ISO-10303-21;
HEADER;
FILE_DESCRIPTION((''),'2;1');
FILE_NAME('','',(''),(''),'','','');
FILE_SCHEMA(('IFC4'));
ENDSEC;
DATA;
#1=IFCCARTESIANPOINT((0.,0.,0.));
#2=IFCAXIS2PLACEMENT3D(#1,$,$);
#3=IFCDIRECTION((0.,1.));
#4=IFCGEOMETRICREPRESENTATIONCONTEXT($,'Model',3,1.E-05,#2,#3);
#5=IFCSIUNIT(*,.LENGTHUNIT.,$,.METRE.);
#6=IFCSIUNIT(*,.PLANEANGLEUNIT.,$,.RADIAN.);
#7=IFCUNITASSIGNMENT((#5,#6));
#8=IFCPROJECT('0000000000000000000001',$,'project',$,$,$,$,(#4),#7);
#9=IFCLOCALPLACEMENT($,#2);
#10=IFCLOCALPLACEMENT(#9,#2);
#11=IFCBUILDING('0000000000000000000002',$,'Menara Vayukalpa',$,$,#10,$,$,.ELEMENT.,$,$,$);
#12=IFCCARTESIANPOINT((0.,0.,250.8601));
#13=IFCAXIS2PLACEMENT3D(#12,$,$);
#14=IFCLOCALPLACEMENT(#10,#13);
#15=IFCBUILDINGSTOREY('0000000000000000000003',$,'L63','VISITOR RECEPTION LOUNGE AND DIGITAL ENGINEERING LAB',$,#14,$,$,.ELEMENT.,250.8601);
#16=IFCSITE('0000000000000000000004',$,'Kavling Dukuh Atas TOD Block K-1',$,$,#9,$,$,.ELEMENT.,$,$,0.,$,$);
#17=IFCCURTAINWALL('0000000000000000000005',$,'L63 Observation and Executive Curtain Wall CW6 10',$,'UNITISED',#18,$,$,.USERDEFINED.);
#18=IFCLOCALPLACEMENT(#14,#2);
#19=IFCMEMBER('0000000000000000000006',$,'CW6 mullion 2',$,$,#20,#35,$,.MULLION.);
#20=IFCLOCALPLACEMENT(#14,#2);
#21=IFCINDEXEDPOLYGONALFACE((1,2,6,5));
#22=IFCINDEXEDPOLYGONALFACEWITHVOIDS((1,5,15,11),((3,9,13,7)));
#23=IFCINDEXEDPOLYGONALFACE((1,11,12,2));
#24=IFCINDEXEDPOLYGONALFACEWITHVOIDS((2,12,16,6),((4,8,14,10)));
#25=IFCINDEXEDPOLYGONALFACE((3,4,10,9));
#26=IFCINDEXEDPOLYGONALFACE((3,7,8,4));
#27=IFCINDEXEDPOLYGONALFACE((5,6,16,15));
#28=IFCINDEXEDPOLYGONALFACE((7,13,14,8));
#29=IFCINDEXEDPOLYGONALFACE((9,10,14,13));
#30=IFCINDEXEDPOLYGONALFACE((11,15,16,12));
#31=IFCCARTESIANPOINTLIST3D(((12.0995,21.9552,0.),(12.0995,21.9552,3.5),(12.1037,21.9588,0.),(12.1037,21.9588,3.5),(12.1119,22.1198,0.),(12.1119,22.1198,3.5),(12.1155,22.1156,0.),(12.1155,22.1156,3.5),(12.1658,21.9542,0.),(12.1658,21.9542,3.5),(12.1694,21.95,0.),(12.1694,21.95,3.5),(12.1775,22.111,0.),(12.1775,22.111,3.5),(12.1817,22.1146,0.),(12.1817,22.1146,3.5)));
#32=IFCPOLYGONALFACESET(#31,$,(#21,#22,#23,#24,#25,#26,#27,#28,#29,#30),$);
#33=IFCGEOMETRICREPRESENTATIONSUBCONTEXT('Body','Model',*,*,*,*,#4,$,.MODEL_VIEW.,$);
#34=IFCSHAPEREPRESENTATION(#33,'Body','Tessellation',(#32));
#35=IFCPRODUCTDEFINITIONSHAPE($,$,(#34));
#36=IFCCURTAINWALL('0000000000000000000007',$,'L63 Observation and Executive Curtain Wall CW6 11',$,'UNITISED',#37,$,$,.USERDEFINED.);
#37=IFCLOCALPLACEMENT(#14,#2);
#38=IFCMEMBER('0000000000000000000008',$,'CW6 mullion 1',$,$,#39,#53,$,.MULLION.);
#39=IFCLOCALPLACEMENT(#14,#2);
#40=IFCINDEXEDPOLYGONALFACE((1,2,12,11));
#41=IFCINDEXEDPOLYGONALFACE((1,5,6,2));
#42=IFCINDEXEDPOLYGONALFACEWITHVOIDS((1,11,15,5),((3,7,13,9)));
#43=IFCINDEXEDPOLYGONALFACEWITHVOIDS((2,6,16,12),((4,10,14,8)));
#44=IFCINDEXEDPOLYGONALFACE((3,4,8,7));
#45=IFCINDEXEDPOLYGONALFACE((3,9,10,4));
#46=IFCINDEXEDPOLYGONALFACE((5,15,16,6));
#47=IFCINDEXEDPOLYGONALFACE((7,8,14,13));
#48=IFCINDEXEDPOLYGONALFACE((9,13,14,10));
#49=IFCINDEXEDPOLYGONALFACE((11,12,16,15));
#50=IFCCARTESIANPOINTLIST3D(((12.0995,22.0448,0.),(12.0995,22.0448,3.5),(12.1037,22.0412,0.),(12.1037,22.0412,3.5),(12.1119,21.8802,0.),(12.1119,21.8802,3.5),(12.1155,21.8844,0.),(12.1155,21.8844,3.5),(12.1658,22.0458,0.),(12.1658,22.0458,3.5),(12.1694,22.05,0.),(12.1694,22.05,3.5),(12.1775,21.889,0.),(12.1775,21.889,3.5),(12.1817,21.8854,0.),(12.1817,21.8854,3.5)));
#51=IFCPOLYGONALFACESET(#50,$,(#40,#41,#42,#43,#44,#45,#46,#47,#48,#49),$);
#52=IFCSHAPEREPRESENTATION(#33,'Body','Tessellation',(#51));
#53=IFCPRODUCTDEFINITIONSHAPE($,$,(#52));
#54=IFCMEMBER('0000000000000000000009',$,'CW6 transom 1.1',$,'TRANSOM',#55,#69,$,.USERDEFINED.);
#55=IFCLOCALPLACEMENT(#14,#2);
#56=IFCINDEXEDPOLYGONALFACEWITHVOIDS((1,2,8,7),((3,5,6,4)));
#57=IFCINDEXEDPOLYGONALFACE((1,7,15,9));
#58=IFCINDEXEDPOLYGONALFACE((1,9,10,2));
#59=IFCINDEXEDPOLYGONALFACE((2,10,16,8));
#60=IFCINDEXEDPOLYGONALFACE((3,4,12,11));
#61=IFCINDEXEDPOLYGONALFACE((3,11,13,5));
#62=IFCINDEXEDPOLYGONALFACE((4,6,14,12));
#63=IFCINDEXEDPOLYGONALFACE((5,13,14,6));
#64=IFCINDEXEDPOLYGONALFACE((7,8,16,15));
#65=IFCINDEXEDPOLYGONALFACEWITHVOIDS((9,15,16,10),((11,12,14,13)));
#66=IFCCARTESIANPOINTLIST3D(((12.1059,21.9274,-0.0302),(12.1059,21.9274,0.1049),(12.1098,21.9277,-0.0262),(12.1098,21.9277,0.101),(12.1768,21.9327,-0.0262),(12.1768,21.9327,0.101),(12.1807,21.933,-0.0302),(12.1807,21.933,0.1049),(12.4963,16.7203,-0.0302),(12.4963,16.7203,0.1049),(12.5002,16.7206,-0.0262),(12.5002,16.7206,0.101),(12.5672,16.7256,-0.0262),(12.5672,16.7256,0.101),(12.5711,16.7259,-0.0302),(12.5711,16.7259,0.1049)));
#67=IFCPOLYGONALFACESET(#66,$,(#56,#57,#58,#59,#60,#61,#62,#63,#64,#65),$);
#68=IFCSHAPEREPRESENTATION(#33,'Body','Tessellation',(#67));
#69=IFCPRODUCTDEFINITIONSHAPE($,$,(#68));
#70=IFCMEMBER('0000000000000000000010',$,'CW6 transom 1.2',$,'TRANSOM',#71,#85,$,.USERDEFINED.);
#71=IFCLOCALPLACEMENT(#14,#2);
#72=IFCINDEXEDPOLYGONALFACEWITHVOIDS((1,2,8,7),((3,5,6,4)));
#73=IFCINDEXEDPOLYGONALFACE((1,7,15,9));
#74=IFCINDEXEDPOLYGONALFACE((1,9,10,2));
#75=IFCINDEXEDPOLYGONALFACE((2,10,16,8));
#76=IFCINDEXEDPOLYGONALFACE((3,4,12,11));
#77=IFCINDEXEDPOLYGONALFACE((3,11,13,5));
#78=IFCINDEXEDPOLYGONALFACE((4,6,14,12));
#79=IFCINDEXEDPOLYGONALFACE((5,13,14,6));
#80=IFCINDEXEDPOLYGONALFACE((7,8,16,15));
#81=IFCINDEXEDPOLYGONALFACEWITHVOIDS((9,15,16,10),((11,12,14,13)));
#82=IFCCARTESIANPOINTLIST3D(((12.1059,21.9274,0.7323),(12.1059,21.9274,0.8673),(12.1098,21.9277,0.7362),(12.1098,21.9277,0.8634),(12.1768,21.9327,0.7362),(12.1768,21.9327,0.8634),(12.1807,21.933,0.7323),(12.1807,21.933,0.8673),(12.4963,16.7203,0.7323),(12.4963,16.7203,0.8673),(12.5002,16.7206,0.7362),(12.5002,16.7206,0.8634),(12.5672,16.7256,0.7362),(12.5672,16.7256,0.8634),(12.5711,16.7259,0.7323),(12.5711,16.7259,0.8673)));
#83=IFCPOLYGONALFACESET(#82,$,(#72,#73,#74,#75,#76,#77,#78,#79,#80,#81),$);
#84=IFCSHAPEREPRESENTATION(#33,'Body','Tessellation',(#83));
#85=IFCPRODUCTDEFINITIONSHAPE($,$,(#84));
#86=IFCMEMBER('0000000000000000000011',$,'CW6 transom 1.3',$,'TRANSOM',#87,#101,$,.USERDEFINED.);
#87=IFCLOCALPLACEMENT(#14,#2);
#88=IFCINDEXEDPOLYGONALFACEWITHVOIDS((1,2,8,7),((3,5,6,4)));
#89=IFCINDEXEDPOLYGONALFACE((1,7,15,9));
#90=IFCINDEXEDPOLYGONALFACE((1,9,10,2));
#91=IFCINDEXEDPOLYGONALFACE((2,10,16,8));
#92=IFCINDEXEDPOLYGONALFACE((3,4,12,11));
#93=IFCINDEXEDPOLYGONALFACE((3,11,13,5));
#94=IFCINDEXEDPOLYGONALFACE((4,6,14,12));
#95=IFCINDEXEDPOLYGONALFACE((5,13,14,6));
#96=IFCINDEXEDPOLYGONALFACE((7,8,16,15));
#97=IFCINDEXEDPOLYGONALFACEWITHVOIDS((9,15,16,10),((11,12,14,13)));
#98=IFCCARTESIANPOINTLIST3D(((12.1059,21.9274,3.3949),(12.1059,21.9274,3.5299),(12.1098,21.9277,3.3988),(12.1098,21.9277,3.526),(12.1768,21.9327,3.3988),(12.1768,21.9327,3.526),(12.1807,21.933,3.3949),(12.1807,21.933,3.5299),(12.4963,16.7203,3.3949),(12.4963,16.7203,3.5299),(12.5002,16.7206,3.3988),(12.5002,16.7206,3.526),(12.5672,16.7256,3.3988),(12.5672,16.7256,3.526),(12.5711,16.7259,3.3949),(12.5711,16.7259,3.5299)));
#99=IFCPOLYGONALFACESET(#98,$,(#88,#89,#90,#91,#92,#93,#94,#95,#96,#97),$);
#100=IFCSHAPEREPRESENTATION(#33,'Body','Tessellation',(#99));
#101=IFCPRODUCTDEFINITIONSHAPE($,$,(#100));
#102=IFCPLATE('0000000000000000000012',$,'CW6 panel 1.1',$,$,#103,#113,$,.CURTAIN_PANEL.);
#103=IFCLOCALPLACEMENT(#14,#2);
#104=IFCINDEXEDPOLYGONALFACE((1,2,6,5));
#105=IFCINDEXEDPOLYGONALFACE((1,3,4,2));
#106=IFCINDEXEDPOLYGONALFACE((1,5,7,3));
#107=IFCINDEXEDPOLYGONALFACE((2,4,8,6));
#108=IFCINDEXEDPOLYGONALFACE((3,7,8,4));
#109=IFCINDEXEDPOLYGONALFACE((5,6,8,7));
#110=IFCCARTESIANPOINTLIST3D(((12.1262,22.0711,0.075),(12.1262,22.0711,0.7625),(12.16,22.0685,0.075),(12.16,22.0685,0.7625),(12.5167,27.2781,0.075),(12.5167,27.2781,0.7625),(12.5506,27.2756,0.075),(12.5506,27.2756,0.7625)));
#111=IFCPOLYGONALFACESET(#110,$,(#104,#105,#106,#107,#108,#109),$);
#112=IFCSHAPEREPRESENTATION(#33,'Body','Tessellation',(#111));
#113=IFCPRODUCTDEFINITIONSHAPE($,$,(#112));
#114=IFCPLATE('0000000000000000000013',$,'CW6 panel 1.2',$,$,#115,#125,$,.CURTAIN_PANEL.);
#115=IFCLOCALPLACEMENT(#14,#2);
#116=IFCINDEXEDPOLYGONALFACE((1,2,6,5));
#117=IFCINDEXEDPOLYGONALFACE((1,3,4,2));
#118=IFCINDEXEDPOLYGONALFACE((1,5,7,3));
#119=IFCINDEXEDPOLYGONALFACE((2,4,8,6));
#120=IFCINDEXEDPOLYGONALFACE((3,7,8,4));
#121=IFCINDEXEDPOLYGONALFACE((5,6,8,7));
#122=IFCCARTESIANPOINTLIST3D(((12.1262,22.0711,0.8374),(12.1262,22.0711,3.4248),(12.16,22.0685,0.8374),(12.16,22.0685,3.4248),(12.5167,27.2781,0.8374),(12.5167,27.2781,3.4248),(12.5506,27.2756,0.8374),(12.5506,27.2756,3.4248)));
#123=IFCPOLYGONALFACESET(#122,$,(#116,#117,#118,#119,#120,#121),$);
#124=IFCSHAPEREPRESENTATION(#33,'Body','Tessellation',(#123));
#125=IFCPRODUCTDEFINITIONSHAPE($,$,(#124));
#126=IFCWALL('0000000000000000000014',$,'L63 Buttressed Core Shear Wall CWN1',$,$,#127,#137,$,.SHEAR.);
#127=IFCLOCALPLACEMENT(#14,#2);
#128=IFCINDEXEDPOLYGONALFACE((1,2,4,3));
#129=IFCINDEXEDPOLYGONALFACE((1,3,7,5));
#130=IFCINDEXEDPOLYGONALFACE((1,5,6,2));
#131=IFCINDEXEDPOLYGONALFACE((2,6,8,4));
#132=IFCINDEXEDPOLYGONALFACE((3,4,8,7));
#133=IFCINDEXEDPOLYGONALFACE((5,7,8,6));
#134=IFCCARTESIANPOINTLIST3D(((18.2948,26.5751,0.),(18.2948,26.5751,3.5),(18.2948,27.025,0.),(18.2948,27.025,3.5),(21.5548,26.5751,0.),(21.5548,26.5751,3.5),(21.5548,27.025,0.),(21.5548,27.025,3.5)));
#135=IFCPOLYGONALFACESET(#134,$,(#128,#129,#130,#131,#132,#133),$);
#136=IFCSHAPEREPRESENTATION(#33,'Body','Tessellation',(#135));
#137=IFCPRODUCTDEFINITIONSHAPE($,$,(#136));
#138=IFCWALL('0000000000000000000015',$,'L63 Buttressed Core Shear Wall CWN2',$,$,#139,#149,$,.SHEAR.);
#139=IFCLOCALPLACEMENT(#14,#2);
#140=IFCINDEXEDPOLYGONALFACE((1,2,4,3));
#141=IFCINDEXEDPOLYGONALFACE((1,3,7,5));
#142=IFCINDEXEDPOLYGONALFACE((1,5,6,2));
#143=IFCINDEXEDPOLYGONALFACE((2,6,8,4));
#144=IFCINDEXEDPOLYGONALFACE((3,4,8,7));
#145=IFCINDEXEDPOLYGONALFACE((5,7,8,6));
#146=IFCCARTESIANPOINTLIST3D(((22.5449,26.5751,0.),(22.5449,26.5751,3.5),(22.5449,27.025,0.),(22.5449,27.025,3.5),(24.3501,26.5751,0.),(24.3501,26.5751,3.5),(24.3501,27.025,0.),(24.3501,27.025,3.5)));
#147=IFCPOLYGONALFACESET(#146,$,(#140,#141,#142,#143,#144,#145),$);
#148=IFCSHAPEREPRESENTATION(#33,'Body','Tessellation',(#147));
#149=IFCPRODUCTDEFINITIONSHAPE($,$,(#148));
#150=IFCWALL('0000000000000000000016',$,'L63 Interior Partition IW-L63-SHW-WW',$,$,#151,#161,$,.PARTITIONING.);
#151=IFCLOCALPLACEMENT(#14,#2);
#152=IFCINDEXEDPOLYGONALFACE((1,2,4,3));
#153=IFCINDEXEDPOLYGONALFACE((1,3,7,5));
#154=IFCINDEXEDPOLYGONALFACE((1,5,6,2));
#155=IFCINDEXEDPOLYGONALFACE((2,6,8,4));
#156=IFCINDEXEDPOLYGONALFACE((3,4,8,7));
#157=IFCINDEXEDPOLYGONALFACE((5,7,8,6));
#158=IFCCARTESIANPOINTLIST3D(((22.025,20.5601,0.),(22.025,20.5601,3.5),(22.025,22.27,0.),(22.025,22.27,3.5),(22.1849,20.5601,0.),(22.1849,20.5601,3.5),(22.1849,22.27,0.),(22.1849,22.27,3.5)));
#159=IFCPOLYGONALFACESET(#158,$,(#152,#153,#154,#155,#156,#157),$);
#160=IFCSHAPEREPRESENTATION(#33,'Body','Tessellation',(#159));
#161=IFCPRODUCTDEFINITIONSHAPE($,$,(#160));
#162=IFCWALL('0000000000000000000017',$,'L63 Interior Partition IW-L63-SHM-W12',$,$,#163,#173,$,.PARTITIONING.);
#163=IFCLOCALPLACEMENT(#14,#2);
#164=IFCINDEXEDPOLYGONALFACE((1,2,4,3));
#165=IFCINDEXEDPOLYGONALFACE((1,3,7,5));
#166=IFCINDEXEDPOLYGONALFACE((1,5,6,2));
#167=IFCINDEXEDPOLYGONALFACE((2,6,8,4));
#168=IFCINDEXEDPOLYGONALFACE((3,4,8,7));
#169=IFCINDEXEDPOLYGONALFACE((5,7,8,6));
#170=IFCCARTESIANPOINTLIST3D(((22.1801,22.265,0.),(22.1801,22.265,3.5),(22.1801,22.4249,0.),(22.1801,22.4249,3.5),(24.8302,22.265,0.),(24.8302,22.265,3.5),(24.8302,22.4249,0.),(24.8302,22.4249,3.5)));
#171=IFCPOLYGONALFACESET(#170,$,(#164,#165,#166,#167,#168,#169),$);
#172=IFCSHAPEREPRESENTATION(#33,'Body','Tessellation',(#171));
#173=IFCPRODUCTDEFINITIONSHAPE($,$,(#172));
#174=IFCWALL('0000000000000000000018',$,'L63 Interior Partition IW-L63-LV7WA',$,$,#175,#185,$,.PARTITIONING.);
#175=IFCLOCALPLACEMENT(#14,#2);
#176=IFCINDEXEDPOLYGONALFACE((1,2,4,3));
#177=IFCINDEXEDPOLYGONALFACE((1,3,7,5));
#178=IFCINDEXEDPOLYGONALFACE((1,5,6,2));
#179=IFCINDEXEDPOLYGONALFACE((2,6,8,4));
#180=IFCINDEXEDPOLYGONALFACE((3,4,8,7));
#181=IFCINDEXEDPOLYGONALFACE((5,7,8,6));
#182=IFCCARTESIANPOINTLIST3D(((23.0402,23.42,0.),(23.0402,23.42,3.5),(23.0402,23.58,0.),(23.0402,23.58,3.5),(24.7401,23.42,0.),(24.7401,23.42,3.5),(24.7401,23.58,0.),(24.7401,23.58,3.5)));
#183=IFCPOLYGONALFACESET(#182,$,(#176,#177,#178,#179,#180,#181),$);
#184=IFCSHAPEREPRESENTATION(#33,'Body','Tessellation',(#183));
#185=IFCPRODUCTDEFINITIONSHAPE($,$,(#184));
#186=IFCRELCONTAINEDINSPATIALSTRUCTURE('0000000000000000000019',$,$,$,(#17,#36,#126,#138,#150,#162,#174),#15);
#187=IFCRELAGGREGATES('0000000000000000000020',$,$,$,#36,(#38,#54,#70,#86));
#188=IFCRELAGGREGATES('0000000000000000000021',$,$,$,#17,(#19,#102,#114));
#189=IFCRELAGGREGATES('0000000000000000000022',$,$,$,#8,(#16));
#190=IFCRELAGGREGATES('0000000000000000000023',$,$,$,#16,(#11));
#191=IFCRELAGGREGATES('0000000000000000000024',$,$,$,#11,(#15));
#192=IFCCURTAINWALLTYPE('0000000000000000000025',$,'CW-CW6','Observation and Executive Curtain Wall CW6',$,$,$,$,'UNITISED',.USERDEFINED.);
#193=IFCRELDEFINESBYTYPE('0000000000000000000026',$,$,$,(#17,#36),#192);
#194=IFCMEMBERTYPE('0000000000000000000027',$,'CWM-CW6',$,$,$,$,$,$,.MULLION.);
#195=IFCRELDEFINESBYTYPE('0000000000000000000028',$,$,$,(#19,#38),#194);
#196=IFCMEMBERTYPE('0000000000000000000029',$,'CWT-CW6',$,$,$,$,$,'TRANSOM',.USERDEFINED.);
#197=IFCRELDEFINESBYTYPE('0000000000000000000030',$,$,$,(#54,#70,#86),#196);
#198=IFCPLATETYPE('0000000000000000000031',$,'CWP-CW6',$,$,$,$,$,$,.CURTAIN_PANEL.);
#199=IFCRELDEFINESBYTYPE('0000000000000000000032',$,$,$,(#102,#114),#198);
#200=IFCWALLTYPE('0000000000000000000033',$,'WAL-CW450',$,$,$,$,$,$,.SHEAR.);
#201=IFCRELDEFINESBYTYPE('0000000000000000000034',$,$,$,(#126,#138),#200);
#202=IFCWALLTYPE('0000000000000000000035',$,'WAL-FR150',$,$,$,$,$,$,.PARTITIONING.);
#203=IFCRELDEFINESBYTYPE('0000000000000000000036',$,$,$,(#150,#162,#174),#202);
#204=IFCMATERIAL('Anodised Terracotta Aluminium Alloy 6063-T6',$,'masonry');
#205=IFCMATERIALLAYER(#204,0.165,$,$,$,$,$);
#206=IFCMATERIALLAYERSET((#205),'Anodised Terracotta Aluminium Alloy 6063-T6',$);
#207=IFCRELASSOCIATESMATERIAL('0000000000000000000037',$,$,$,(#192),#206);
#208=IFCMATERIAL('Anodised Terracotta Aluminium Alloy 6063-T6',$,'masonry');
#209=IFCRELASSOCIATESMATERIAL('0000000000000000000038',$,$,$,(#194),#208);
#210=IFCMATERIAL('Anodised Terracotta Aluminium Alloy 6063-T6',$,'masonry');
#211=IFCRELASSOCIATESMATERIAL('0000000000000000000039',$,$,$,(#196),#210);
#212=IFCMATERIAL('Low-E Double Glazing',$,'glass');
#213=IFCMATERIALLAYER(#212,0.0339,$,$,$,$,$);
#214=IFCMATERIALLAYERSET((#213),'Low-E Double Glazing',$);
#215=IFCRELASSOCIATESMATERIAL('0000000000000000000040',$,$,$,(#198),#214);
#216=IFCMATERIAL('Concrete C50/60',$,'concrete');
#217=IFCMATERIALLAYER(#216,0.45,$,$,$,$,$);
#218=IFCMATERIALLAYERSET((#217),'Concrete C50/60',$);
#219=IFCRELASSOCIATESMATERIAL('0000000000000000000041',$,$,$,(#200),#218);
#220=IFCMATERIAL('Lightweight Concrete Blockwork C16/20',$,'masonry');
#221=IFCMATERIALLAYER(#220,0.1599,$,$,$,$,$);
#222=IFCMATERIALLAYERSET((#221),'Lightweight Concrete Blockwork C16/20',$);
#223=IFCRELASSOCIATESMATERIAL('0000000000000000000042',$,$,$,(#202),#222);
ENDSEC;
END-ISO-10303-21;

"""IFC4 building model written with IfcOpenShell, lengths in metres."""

from ifc_helpers import new_model, si_unit, direction, frame, frame_2d, origin, origin_2d, place, context, subcontext, project, spatial, rectangle, hollow_rectangle, extrude, material, layer, layer_set, material_profile, profile_set, type_object, element, aggregate, save


model = new_model("IFC4")

# Units and contexts
model_context = context("Model", 3, precision=1e-05, world=origin(), true_north=direction((0.0, 1.0)))
body_context = subcontext(model_context, "Body", "Model", "MODEL_VIEW")
ifc_project = project(units=[si_unit("LENGTHUNIT", "METRE"), si_unit("PLANEANGLEUNIT", "RADIAN")], contexts=[model_context])

# Site, building, storey
site_placement = place(None, origin())
site = spatial("IfcSite", under=ifc_project, at=site_placement, Name="Kavling Dukuh Atas TOD Block K-1", CompositionType="ELEMENT", RefElevation=0.0)
building_placement = place(site_placement, origin())
building = spatial("IfcBuilding", under=site, at=building_placement, Name="Menara Vayukalpa", CompositionType="ELEMENT")
storey_placement = place(building_placement, frame((0.0, 0.0, 250.8601)))
storey = spatial("IfcBuildingStorey", under=building, at=storey_placement, Name="L63", Description="VISITOR RECEPTION LOUNGE AND DIGITAL ENGINEERING LAB", CompositionType="ELEMENT", Elevation=250.8601)

# Curtain wall, member
ifc_material_1 = material(Name="Anodised Terracotta Aluminium Alloy 6063-T6", Category="masonry")
ifc_layer_1 = layer(ifc_material_1, 0.165)
ifc_layer_set_1 = layer_set([ifc_layer_1], Name="Anodised Terracotta Aluminium Alloy 6063-T6")
curtain_wall_type = type_object("IfcCurtainWallType", Name="CW-CW6", Description="Observation and Executive Curtain Wall CW6", ElementType="UNITISED", PredefinedType="USERDEFINED", material=ifc_layer_set_1)
curtain_wall_1_placement = place(storey_placement, origin())
curtain_wall_1 = element("IfcCurtainWall", 1, at=curtain_wall_1_placement, inside=storey, type_object=curtain_wall_type, Name="L63 Observation and Executive Curtain Wall CW6 10", ObjectType="UNITISED", PredefinedType="USERDEFINED")
ifc_material_2 = material(Name="Anodised Terracotta Aluminium Alloy 6063-T6", Category="masonry")
ifc_material_profile_1 = material_profile(ifc_material_2, hollow_rectangle(XDim=0.0701, YDim=0.165, WallThickness=0.0039, at=origin_2d()), Name="ALU 70x165x4")
ifc_profile_set_1 = profile_set([ifc_material_profile_1], Name="Anodised Terracotta Aluminium Alloy 6063-T6")
member_type_1 = type_object("IfcMemberType", Name="CWM-CW6", PredefinedType="MULLION", material=ifc_profile_set_1)
member_1_placement = place(storey_placement, frame((12.1406, 22.0349, 0.0), z_axis=(0.0, 0.0, 1.0), x_axis=(0.997199, -0.074789, 0.0)))
member_1 = element("IfcMember", 2, at=member_1_placement, type_object=member_type_1, Name="CW6 mullion 2", PredefinedType="MULLION", context=body_context, shape_type="SweptSolid", body=[
    extrude(hollow_rectangle(XDim=0.0701, YDim=0.165, WallThickness=0.0039, at=origin_2d()), origin(), (0.0, 0.0, 1.0), 3.5),
])

# Curtain wall, members
curtain_wall_2_placement = place(storey_placement, origin())
curtain_wall_2 = element("IfcCurtainWall", 3, at=curtain_wall_2_placement, inside=storey, type_object=curtain_wall_type, Name="L63 Observation and Executive Curtain Wall CW6 11", ObjectType="UNITISED", PredefinedType="USERDEFINED")
member_2_placement = place(storey_placement, frame((12.1406, 21.9651, 0.0), z_axis=(0.0, 0.0, 1.0), x_axis=(0.997199, 0.074789, 0.0)))
member_2 = element("IfcMember", 4, at=member_2_placement, type_object=member_type_1, Name="CW6 mullion 1", PredefinedType="MULLION", context=body_context, shape_type="SweptSolid", body=[
    extrude(hollow_rectangle(XDim=0.0701, YDim=0.165, WallThickness=0.0039, at=origin_2d()), origin(), (0.0, 0.0, 1.0), 3.5),
])
ifc_material_3 = material(Name="Anodised Terracotta Aluminium Alloy 6063-T6", Category="masonry")
ifc_material_profile_2 = material_profile(ifc_material_3, hollow_rectangle(XDim=0.075, YDim=0.135, WallThickness=0.0039, at=origin_2d()), Name="ALU 75x135x4")
ifc_profile_set_2 = profile_set([ifc_material_profile_2], Name="Anodised Terracotta Aluminium Alloy 6063-T6")
member_type_2 = type_object("IfcMemberType", Name="CWT-CW6", ElementType="TRANSOM", PredefinedType="USERDEFINED", material=ifc_profile_set_2)
member_3_placement = place(storey_placement, frame((12.1433, 21.9302, 0.0374), z_axis=(0.074762, -0.997201, 0.0), x_axis=(0.997201, 0.074762, 0.0)))
member_3 = element("IfcMember", 5, at=member_3_placement, type_object=member_type_2, Name="CW6 transom 1.1", ObjectType="TRANSOM", PredefinedType="USERDEFINED", context=body_context, shape_type="SweptSolid", body=[
    extrude(hollow_rectangle(XDim=0.075, YDim=0.135, WallThickness=0.0039, at=origin_2d()), origin(), (0.0, 0.0, 1.0), 5.2217),
])
member_4_placement = place(storey_placement, frame((12.1433, 21.9302, 0.7998), z_axis=(0.074762, -0.997201, 0.0), x_axis=(0.997201, 0.074762, 0.0)))
member_4 = element("IfcMember", 6, at=member_4_placement, type_object=member_type_2, Name="CW6 transom 1.2", ObjectType="TRANSOM", PredefinedType="USERDEFINED", context=body_context, shape_type="SweptSolid", body=[
    extrude(hollow_rectangle(XDim=0.075, YDim=0.135, WallThickness=0.0039, at=origin_2d()), origin(), (0.0, 0.0, 1.0), 5.2217),
])
member_5_placement = place(storey_placement, frame((12.1433, 21.9302, 3.4624), z_axis=(0.074762, -0.997201, 0.0), x_axis=(0.997201, 0.074762, 0.0)))
member_5 = element("IfcMember", 7, at=member_5_placement, type_object=member_type_2, Name="CW6 transom 1.3", ObjectType="TRANSOM", PredefinedType="USERDEFINED", context=body_context, shape_type="SweptSolid", body=[
    extrude(hollow_rectangle(XDim=0.075, YDim=0.135, WallThickness=0.0039, at=origin_2d()), origin(), (0.0, 0.0, 1.0), 5.2217),
])
aggregate(curtain_wall_2, [member_2, member_3, member_4, member_5])

# Plates
ifc_material_4 = material(Name="Low-E Double Glazing", Category="glass")
ifc_layer_2 = layer(ifc_material_4, 0.0339)
ifc_layer_set_2 = layer_set([ifc_layer_2], Name="Low-E Double Glazing")
plate_type = type_object("IfcPlateType", Name="CWP-CW6", PredefinedType="CURTAIN_PANEL", material=ifc_layer_set_2)
plate_1_placement = place(storey_placement, frame((12.3384, 24.6733, 0.075), z_axis=(0.0, 0.0, 1.0), x_axis=(-0.074789, -0.997199, 0.0)))
plate_1 = element("IfcPlate", 8, at=plate_1_placement, type_object=plate_type, Name="CW6 panel 1.1", PredefinedType="CURTAIN_PANEL", context=body_context, shape_type="SweptSolid", body=[
    extrude(rectangle(XDim=5.2217, YDim=0.0339, at=origin_2d()), origin(), (0.0, 0.0, 1.0), 0.6875),
])
plate_2_placement = place(storey_placement, frame((12.3384, 24.6733, 0.8374), z_axis=(0.0, 0.0, 1.0), x_axis=(-0.074789, -0.997199, 0.0)))
plate_2 = element("IfcPlate", 9, at=plate_2_placement, type_object=plate_type, Name="CW6 panel 1.2", PredefinedType="CURTAIN_PANEL", context=body_context, shape_type="SweptSolid", body=[
    extrude(rectangle(XDim=5.2217, YDim=0.0339, at=origin_2d()), origin(), (0.0, 0.0, 1.0), 2.5874),
])
aggregate(curtain_wall_1, [member_1, plate_1, plate_2])

# Walls
ifc_material_5 = material(Name="Concrete C50/60", Category="concrete")
ifc_layer_3 = layer(ifc_material_5, 0.45)
ifc_layer_set_3 = layer_set([ifc_layer_3], Name="Concrete C50/60")
wall_type_1 = type_object("IfcWallType", Name="WAL-CW450", PredefinedType="SHEAR", material=ifc_layer_set_3)
wall_1_placement = place(storey_placement, frame((18.2949, 26.8, 0.0), z_axis=(0.0, 0.0, 1.0), x_axis=(1.0, 0.0, 0.0)))
element("IfcWall", 10, at=wall_1_placement, inside=storey, type_object=wall_type_1, Name="L63 Buttressed Core Shear Wall CWN1", PredefinedType="SHEAR", context=body_context, shape_type="SweptSolid", body=[
    extrude(rectangle(XDim=3.26, YDim=0.45, at=frame_2d((1.6299, 0.0))), origin(), (0.0, 0.0, 1.0), 3.5),
])
wall_2_placement = place(storey_placement, frame((22.5449, 26.8, 0.0), z_axis=(0.0, 0.0, 1.0), x_axis=(1.0, 0.0, 0.0)))
element("IfcWall", 11, at=wall_2_placement, inside=storey, type_object=wall_type_1, Name="L63 Buttressed Core Shear Wall CWN2", PredefinedType="SHEAR", context=body_context, shape_type="SweptSolid", body=[
    extrude(rectangle(XDim=1.8052, YDim=0.45, at=frame_2d((0.9026, 0.0))), origin(), (0.0, 0.0, 1.0), 3.5),
])
ifc_material_6 = material(Name="Lightweight Concrete Blockwork C16/20", Category="masonry")
ifc_layer_4 = layer(ifc_material_6, 0.1599)
ifc_layer_set_4 = layer_set([ifc_layer_4], Name="Lightweight Concrete Blockwork C16/20")
wall_type_2 = type_object("IfcWallType", Name="WAL-FR150", PredefinedType="PARTITIONING", material=ifc_layer_set_4)
wall_3_placement = place(storey_placement, frame((22.105, 20.5601, 0.0), z_axis=(0.0, 0.0, 1.0), x_axis=(0.0, 1.0, 0.0)))
element("IfcWall", 12, at=wall_3_placement, inside=storey, type_object=wall_type_2, Name="L63 Interior Partition IW-L63-SHW-WW", PredefinedType="PARTITIONING", context=body_context, shape_type="SweptSolid", body=[
    extrude(rectangle(XDim=1.71, YDim=0.1599, at=frame_2d((0.855, 0.0))), origin(), (0.0, 0.0, 1.0), 3.5),
])
wall_4_placement = place(storey_placement, frame((22.1799, 22.345, 0.0), z_axis=(0.0, 0.0, 1.0), x_axis=(1.0, 0.0, 0.0)))
element("IfcWall", 13, at=wall_4_placement, inside=storey, type_object=wall_type_2, Name="L63 Interior Partition IW-L63-SHM-W12", PredefinedType="PARTITIONING", context=body_context, shape_type="SweptSolid", body=[
    extrude(rectangle(XDim=2.6501, YDim=0.1599, at=frame_2d((1.3252, 0.0))), origin(), (0.0, 0.0, 1.0), 3.5),
])
wall_5_placement = place(storey_placement, frame((23.04, 23.5, 0.0), z_axis=(0.0, 0.0, 1.0), x_axis=(1.0, 0.0, 0.0)))
element("IfcWall", 14, at=wall_5_placement, inside=storey, type_object=wall_type_2, Name="L63 Interior Partition IW-L63-LV7WA", PredefinedType="PARTITIONING", context=body_context, shape_type="SweptSolid", body=[
    extrude(rectangle(XDim=1.7, YDim=0.1599, at=frame_2d((0.8501, 0.0))), origin(), (0.0, 0.0, 1.0), 3.5),
])

save(model, "model.ifc")
